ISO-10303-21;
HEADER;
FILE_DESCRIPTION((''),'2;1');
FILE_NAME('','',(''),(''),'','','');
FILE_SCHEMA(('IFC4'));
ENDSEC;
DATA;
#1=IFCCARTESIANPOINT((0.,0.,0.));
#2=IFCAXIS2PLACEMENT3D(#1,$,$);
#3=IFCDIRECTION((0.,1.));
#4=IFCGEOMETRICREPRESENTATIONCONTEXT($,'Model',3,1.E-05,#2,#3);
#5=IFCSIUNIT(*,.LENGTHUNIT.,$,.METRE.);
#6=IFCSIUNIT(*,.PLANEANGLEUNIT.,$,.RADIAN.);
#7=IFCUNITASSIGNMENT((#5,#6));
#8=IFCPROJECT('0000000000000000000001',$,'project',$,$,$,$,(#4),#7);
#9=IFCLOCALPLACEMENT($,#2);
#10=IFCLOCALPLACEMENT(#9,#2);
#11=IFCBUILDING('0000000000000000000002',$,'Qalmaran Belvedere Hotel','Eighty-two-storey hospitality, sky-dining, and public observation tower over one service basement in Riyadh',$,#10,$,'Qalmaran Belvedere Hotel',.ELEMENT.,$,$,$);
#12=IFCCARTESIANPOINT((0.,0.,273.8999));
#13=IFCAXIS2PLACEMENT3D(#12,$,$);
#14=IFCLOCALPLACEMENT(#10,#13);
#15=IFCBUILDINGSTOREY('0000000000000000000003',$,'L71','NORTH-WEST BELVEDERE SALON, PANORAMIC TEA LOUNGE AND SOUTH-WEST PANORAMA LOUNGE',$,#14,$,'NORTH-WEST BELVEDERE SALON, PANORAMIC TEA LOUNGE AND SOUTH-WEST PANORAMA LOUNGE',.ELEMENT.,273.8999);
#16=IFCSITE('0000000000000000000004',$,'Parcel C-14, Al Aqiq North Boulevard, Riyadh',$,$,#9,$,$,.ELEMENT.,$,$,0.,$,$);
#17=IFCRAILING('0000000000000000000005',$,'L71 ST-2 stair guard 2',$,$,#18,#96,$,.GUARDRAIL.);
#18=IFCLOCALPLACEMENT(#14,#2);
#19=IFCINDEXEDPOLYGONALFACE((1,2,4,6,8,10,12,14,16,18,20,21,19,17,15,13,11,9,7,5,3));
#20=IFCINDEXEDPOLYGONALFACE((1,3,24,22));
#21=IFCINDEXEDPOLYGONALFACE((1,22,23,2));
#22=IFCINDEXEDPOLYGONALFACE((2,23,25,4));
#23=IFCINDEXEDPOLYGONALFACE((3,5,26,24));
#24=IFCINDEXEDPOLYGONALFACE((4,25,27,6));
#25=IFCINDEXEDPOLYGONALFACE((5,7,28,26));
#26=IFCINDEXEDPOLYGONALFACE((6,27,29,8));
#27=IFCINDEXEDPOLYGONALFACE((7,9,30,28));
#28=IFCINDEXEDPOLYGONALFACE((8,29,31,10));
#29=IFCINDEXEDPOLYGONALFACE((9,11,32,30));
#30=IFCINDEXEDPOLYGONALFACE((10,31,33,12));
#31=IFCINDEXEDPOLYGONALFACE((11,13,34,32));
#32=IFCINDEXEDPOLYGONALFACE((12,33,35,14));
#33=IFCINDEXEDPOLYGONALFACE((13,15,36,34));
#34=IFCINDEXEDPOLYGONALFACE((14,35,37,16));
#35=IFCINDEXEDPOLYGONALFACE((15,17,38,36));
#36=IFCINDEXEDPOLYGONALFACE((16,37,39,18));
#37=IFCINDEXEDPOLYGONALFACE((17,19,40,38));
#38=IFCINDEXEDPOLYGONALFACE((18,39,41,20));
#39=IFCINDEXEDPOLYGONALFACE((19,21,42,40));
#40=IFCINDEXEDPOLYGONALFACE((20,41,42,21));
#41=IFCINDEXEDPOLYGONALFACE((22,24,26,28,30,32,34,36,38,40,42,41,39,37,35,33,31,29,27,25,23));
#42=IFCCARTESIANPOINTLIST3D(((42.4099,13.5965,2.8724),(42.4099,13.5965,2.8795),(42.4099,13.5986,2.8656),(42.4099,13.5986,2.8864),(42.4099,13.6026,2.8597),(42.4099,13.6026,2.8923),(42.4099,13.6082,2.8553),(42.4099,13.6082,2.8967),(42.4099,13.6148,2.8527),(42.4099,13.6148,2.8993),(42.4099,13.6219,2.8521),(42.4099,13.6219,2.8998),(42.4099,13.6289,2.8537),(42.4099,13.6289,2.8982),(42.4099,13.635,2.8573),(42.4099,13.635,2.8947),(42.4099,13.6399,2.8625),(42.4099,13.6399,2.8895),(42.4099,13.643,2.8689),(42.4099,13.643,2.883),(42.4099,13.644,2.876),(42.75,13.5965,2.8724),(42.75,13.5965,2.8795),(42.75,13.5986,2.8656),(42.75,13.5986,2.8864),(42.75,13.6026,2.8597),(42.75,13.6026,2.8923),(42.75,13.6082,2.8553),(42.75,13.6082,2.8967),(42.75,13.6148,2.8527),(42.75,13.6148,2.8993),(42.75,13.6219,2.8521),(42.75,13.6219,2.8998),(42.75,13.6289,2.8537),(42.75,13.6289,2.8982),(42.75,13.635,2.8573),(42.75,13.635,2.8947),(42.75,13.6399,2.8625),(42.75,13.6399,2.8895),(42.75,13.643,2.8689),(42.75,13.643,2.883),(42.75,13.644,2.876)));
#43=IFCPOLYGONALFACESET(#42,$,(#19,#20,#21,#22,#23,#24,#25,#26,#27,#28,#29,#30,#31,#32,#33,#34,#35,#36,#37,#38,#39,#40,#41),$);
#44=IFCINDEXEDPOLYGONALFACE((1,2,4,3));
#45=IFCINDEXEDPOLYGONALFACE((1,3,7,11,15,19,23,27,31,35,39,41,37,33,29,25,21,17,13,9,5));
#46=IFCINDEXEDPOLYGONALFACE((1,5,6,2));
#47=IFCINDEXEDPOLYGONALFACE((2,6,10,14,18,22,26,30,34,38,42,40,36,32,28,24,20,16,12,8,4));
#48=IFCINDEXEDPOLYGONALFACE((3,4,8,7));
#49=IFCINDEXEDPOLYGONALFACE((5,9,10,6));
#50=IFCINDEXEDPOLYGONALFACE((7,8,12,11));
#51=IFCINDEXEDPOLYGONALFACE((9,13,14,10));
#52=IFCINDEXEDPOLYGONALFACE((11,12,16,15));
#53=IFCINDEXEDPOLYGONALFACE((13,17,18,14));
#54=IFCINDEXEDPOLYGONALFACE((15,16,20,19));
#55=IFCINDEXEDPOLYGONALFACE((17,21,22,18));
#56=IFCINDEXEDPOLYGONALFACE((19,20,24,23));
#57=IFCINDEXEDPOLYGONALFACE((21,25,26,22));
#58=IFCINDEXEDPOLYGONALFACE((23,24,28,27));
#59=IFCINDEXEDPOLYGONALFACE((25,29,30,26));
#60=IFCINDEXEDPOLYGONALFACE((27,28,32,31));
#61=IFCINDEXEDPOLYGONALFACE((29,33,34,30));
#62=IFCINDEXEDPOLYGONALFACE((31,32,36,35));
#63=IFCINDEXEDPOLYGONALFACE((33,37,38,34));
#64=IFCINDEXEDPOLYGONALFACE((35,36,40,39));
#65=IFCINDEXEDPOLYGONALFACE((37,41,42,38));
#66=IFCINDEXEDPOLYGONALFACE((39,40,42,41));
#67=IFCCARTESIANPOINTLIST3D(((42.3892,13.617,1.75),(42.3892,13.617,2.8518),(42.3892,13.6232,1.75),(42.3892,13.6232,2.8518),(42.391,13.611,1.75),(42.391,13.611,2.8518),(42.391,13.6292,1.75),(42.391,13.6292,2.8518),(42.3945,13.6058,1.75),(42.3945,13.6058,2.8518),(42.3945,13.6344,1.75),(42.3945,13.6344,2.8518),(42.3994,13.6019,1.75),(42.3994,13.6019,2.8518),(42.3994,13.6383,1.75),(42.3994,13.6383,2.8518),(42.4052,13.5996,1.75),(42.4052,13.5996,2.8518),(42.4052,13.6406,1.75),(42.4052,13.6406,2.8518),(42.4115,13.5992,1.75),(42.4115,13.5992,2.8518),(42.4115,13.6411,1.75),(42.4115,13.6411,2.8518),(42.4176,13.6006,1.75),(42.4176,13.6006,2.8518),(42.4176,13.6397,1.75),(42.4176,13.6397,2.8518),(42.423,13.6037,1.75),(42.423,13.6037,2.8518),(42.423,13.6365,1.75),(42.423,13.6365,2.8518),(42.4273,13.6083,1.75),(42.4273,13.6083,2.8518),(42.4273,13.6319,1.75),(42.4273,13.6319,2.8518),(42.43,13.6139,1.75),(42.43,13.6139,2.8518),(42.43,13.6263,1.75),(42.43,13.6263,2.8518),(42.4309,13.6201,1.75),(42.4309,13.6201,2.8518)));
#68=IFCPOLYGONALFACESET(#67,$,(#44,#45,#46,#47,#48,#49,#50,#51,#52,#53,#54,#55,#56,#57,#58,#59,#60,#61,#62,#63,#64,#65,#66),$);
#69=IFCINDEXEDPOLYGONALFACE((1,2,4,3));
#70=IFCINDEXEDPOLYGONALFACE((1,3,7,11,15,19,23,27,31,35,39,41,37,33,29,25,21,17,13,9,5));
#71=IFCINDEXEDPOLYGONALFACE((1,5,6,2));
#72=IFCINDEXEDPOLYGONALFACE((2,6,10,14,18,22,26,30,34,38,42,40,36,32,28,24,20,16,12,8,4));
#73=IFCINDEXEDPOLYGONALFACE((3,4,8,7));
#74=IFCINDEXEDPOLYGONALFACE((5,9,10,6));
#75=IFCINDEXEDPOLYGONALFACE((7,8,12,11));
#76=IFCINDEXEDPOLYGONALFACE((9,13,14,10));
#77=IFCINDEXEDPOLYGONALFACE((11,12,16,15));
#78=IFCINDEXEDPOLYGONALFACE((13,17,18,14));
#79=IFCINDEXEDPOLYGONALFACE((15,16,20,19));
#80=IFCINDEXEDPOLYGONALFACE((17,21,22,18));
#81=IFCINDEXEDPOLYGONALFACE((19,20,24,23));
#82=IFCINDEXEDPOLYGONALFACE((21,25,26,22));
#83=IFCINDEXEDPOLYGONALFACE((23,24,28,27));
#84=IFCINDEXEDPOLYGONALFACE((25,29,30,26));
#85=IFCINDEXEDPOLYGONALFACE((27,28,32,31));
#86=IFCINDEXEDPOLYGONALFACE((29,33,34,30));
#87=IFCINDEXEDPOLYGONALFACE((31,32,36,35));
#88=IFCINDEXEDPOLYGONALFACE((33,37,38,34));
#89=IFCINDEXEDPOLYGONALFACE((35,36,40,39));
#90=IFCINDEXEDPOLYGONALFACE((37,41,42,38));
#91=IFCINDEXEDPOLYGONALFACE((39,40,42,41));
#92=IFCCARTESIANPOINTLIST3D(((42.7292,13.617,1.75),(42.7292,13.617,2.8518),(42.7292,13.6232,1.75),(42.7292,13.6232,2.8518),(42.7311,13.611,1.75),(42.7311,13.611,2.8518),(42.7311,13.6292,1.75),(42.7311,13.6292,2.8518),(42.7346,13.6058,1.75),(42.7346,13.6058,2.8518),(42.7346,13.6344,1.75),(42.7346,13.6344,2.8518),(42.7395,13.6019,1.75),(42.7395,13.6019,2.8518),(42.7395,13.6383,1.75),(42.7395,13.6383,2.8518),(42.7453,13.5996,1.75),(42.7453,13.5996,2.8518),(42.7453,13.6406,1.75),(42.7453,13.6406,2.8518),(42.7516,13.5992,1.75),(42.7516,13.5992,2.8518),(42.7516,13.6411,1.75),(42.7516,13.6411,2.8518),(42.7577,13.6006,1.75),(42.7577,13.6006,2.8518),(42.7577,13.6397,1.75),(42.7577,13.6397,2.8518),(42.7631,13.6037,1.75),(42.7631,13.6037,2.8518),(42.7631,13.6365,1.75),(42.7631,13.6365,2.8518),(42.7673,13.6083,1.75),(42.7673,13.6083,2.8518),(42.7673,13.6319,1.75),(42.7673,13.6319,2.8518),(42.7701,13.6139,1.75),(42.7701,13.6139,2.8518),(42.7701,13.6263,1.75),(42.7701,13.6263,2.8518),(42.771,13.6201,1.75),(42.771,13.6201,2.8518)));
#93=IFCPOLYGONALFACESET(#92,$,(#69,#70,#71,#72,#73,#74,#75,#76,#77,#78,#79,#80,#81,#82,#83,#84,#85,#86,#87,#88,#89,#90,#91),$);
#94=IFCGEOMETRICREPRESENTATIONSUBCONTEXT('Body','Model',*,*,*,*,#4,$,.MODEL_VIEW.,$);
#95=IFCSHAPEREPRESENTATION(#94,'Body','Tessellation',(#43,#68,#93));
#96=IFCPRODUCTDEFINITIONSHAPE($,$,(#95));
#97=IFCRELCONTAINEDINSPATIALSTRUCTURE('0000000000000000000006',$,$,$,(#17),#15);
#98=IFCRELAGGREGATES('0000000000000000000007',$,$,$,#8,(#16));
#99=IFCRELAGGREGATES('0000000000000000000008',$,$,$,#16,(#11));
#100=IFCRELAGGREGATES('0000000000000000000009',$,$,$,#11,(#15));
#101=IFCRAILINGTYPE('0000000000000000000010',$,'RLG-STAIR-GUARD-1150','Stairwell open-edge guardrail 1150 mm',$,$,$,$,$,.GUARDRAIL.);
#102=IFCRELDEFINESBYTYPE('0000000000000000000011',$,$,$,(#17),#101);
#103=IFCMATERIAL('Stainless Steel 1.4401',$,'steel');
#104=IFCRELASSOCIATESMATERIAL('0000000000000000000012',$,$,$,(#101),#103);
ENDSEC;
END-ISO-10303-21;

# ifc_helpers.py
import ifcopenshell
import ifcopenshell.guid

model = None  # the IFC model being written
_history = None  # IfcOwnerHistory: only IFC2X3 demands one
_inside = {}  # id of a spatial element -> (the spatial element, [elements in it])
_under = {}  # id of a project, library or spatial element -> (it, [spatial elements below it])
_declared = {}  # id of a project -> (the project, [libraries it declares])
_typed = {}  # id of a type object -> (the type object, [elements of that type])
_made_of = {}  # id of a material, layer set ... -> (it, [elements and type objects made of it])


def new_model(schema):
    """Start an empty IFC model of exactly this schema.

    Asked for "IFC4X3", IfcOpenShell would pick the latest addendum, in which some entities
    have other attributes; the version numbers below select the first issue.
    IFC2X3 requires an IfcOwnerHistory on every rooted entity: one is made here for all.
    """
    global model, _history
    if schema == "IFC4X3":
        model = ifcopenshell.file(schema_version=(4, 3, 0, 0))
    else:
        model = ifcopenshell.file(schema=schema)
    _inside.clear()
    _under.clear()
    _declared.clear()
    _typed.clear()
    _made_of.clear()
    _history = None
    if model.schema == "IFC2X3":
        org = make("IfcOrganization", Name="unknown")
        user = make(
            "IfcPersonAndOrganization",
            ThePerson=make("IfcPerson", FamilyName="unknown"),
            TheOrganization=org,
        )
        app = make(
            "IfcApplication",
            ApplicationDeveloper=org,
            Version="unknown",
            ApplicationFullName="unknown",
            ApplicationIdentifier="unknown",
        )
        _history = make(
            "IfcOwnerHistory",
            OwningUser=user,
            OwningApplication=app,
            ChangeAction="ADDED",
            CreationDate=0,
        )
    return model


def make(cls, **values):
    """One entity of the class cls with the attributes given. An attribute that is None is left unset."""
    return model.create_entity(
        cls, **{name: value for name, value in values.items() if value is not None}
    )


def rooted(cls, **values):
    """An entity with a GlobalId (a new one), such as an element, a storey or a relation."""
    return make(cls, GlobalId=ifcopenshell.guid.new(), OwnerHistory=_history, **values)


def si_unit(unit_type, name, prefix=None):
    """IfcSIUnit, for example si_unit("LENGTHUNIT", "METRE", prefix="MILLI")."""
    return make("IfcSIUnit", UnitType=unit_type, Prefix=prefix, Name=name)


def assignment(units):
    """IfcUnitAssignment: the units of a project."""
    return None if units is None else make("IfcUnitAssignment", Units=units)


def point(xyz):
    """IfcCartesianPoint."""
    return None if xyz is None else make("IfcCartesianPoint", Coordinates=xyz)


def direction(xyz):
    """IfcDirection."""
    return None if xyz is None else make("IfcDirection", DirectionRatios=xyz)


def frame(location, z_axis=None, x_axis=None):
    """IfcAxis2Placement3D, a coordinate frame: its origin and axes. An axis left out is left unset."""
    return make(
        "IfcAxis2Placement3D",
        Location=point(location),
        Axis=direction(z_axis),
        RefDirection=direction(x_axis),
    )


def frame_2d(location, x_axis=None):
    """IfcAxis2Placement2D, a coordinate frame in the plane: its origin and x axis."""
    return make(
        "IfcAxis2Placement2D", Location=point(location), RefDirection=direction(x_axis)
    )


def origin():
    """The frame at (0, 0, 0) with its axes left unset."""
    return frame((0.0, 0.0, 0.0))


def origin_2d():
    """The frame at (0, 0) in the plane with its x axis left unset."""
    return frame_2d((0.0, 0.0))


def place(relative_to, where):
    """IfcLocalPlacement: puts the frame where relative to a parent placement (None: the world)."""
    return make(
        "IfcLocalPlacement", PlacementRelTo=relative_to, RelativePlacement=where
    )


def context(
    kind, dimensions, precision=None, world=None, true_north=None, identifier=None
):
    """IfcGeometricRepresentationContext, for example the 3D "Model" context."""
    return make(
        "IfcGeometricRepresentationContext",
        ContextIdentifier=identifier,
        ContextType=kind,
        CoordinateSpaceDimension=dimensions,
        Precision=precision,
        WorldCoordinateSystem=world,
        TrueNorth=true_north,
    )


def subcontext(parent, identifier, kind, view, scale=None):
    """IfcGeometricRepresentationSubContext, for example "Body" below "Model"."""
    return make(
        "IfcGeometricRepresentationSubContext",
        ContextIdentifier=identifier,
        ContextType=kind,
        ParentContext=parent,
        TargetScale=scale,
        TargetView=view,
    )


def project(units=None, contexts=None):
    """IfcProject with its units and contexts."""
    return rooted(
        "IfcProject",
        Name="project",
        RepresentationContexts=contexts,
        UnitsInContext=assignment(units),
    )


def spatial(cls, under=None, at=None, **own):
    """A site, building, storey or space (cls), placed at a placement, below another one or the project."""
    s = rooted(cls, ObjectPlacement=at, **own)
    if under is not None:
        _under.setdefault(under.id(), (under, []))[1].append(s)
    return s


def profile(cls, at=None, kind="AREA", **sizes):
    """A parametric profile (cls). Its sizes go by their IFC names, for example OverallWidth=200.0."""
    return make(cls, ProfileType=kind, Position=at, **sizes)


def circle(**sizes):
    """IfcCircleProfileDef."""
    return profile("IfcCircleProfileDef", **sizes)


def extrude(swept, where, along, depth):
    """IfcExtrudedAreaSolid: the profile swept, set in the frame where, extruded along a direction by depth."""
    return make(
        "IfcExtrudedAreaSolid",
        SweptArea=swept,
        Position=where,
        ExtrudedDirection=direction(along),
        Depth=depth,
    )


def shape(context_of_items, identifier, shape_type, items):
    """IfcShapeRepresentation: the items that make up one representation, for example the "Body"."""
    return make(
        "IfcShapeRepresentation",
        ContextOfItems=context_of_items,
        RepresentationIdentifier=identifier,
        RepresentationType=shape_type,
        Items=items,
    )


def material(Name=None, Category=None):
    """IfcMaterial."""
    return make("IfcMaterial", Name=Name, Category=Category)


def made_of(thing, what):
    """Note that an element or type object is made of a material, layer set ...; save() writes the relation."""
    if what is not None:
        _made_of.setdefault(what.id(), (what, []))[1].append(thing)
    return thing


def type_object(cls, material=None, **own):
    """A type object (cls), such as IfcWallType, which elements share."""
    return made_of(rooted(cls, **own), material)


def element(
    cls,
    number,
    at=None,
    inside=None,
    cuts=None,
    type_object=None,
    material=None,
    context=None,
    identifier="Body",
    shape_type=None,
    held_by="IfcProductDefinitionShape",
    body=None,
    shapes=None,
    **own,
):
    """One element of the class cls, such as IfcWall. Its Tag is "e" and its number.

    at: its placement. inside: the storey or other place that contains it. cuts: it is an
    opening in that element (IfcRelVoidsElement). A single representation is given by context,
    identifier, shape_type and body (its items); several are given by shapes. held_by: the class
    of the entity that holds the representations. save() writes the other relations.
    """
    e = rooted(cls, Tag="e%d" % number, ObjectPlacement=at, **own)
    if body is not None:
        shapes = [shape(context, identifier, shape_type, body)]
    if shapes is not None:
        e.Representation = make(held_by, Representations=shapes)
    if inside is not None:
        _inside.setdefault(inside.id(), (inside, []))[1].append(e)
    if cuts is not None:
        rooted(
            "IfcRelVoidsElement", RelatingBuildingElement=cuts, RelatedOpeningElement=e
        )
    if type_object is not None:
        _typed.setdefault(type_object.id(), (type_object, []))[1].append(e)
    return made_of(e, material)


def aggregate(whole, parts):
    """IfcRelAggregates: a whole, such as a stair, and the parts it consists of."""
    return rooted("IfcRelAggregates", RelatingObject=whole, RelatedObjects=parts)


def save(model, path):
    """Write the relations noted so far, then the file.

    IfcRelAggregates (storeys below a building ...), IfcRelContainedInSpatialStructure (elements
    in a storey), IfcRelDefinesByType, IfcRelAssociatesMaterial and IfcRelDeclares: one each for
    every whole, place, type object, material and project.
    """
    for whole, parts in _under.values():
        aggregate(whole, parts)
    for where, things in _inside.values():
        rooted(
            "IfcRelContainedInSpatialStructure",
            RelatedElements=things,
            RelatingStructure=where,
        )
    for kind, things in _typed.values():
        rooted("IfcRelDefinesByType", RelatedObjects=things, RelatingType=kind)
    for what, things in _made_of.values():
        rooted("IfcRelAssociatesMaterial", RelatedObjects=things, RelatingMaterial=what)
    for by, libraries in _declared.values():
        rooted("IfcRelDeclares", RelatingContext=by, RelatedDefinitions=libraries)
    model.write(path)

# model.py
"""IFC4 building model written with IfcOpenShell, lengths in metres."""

from ifc_helpers import new_model, si_unit, direction, frame, origin, origin_2d, place, context, subcontext, project, spatial, circle, extrude, material, type_object, element, save


model = new_model("IFC4")

# Units and contexts
model_context = context("Model", 3, precision=1e-05, world=origin(), true_north=direction((0.0, 1.0)))
body_context = subcontext(model_context, "Body", "Model", "MODEL_VIEW")
ifc_project = project(units=[si_unit("LENGTHUNIT", "METRE"), si_unit("PLANEANGLEUNIT", "RADIAN")], contexts=[model_context])

# Site, building, storey
site_placement = place(None, origin())
site = spatial("IfcSite", under=ifc_project, at=site_placement, Name="Parcel C-14, Al Aqiq North Boulevard, Riyadh", CompositionType="ELEMENT", RefElevation=0.0)
building_placement = place(site_placement, origin())
building = spatial("IfcBuilding", under=site, at=building_placement, Name="Qalmaran Belvedere Hotel", Description="Eighty-two-storey hospitality, sky-dining, and public observation tower over one service basement in Riyadh", LongName="Qalmaran Belvedere Hotel", CompositionType="ELEMENT")
storey_placement = place(building_placement, frame((0.0, 0.0, 273.8999)))
storey = spatial("IfcBuildingStorey", under=building, at=storey_placement, Name="L71", Description="NORTH-WEST BELVEDERE SALON, PANORAMIC TEA LOUNGE AND SOUTH-WEST PANORAMA LOUNGE", LongName="NORTH-WEST BELVEDERE SALON, PANORAMIC TEA LOUNGE AND SOUTH-WEST PANORAMA LOUNGE", CompositionType="ELEMENT", Elevation=273.8999)

# Railing
ifc_material_1 = material(Name="Stainless Steel 1.4401", Category="steel")
railing_type_1 = type_object("IfcRailingType", Name="RLG-STAIR-GUARD-1150", Description="Stairwell open-edge guardrail 1150 mm", PredefinedType="GUARDRAIL", material=ifc_material_1)
railing_1_placement = place(storey_placement, frame((42.4099, 13.6201, 1.75)))
element("IfcRailing", 1, at=railing_1_placement, inside=storey, type_object=railing_type_1, Name="L71 ST-2 stair guard 2", PredefinedType="GUARDRAIL", context=body_context, shape_type="SweptSolid", body=[
    extrude(circle(Radius=0.0239, at=origin_2d()), frame((0.0, 0.0, 1.126), z_axis=(1.0, 0.0, 0.0), x_axis=(0.0, 1.0, 0.0)), (0.0, 0.0, 1.0), 0.3401),
    extrude(circle(Radius=0.021, at=origin_2d()), origin(), (0.0, 0.0, 1.0), 1.1018),
    extrude(circle(Radius=0.021, at=origin_2d()), frame((0.3401, 0.0, 0.0)), (0.0, 0.0, 1.0), 1.1018),
])

save(model, "model.ifc")
